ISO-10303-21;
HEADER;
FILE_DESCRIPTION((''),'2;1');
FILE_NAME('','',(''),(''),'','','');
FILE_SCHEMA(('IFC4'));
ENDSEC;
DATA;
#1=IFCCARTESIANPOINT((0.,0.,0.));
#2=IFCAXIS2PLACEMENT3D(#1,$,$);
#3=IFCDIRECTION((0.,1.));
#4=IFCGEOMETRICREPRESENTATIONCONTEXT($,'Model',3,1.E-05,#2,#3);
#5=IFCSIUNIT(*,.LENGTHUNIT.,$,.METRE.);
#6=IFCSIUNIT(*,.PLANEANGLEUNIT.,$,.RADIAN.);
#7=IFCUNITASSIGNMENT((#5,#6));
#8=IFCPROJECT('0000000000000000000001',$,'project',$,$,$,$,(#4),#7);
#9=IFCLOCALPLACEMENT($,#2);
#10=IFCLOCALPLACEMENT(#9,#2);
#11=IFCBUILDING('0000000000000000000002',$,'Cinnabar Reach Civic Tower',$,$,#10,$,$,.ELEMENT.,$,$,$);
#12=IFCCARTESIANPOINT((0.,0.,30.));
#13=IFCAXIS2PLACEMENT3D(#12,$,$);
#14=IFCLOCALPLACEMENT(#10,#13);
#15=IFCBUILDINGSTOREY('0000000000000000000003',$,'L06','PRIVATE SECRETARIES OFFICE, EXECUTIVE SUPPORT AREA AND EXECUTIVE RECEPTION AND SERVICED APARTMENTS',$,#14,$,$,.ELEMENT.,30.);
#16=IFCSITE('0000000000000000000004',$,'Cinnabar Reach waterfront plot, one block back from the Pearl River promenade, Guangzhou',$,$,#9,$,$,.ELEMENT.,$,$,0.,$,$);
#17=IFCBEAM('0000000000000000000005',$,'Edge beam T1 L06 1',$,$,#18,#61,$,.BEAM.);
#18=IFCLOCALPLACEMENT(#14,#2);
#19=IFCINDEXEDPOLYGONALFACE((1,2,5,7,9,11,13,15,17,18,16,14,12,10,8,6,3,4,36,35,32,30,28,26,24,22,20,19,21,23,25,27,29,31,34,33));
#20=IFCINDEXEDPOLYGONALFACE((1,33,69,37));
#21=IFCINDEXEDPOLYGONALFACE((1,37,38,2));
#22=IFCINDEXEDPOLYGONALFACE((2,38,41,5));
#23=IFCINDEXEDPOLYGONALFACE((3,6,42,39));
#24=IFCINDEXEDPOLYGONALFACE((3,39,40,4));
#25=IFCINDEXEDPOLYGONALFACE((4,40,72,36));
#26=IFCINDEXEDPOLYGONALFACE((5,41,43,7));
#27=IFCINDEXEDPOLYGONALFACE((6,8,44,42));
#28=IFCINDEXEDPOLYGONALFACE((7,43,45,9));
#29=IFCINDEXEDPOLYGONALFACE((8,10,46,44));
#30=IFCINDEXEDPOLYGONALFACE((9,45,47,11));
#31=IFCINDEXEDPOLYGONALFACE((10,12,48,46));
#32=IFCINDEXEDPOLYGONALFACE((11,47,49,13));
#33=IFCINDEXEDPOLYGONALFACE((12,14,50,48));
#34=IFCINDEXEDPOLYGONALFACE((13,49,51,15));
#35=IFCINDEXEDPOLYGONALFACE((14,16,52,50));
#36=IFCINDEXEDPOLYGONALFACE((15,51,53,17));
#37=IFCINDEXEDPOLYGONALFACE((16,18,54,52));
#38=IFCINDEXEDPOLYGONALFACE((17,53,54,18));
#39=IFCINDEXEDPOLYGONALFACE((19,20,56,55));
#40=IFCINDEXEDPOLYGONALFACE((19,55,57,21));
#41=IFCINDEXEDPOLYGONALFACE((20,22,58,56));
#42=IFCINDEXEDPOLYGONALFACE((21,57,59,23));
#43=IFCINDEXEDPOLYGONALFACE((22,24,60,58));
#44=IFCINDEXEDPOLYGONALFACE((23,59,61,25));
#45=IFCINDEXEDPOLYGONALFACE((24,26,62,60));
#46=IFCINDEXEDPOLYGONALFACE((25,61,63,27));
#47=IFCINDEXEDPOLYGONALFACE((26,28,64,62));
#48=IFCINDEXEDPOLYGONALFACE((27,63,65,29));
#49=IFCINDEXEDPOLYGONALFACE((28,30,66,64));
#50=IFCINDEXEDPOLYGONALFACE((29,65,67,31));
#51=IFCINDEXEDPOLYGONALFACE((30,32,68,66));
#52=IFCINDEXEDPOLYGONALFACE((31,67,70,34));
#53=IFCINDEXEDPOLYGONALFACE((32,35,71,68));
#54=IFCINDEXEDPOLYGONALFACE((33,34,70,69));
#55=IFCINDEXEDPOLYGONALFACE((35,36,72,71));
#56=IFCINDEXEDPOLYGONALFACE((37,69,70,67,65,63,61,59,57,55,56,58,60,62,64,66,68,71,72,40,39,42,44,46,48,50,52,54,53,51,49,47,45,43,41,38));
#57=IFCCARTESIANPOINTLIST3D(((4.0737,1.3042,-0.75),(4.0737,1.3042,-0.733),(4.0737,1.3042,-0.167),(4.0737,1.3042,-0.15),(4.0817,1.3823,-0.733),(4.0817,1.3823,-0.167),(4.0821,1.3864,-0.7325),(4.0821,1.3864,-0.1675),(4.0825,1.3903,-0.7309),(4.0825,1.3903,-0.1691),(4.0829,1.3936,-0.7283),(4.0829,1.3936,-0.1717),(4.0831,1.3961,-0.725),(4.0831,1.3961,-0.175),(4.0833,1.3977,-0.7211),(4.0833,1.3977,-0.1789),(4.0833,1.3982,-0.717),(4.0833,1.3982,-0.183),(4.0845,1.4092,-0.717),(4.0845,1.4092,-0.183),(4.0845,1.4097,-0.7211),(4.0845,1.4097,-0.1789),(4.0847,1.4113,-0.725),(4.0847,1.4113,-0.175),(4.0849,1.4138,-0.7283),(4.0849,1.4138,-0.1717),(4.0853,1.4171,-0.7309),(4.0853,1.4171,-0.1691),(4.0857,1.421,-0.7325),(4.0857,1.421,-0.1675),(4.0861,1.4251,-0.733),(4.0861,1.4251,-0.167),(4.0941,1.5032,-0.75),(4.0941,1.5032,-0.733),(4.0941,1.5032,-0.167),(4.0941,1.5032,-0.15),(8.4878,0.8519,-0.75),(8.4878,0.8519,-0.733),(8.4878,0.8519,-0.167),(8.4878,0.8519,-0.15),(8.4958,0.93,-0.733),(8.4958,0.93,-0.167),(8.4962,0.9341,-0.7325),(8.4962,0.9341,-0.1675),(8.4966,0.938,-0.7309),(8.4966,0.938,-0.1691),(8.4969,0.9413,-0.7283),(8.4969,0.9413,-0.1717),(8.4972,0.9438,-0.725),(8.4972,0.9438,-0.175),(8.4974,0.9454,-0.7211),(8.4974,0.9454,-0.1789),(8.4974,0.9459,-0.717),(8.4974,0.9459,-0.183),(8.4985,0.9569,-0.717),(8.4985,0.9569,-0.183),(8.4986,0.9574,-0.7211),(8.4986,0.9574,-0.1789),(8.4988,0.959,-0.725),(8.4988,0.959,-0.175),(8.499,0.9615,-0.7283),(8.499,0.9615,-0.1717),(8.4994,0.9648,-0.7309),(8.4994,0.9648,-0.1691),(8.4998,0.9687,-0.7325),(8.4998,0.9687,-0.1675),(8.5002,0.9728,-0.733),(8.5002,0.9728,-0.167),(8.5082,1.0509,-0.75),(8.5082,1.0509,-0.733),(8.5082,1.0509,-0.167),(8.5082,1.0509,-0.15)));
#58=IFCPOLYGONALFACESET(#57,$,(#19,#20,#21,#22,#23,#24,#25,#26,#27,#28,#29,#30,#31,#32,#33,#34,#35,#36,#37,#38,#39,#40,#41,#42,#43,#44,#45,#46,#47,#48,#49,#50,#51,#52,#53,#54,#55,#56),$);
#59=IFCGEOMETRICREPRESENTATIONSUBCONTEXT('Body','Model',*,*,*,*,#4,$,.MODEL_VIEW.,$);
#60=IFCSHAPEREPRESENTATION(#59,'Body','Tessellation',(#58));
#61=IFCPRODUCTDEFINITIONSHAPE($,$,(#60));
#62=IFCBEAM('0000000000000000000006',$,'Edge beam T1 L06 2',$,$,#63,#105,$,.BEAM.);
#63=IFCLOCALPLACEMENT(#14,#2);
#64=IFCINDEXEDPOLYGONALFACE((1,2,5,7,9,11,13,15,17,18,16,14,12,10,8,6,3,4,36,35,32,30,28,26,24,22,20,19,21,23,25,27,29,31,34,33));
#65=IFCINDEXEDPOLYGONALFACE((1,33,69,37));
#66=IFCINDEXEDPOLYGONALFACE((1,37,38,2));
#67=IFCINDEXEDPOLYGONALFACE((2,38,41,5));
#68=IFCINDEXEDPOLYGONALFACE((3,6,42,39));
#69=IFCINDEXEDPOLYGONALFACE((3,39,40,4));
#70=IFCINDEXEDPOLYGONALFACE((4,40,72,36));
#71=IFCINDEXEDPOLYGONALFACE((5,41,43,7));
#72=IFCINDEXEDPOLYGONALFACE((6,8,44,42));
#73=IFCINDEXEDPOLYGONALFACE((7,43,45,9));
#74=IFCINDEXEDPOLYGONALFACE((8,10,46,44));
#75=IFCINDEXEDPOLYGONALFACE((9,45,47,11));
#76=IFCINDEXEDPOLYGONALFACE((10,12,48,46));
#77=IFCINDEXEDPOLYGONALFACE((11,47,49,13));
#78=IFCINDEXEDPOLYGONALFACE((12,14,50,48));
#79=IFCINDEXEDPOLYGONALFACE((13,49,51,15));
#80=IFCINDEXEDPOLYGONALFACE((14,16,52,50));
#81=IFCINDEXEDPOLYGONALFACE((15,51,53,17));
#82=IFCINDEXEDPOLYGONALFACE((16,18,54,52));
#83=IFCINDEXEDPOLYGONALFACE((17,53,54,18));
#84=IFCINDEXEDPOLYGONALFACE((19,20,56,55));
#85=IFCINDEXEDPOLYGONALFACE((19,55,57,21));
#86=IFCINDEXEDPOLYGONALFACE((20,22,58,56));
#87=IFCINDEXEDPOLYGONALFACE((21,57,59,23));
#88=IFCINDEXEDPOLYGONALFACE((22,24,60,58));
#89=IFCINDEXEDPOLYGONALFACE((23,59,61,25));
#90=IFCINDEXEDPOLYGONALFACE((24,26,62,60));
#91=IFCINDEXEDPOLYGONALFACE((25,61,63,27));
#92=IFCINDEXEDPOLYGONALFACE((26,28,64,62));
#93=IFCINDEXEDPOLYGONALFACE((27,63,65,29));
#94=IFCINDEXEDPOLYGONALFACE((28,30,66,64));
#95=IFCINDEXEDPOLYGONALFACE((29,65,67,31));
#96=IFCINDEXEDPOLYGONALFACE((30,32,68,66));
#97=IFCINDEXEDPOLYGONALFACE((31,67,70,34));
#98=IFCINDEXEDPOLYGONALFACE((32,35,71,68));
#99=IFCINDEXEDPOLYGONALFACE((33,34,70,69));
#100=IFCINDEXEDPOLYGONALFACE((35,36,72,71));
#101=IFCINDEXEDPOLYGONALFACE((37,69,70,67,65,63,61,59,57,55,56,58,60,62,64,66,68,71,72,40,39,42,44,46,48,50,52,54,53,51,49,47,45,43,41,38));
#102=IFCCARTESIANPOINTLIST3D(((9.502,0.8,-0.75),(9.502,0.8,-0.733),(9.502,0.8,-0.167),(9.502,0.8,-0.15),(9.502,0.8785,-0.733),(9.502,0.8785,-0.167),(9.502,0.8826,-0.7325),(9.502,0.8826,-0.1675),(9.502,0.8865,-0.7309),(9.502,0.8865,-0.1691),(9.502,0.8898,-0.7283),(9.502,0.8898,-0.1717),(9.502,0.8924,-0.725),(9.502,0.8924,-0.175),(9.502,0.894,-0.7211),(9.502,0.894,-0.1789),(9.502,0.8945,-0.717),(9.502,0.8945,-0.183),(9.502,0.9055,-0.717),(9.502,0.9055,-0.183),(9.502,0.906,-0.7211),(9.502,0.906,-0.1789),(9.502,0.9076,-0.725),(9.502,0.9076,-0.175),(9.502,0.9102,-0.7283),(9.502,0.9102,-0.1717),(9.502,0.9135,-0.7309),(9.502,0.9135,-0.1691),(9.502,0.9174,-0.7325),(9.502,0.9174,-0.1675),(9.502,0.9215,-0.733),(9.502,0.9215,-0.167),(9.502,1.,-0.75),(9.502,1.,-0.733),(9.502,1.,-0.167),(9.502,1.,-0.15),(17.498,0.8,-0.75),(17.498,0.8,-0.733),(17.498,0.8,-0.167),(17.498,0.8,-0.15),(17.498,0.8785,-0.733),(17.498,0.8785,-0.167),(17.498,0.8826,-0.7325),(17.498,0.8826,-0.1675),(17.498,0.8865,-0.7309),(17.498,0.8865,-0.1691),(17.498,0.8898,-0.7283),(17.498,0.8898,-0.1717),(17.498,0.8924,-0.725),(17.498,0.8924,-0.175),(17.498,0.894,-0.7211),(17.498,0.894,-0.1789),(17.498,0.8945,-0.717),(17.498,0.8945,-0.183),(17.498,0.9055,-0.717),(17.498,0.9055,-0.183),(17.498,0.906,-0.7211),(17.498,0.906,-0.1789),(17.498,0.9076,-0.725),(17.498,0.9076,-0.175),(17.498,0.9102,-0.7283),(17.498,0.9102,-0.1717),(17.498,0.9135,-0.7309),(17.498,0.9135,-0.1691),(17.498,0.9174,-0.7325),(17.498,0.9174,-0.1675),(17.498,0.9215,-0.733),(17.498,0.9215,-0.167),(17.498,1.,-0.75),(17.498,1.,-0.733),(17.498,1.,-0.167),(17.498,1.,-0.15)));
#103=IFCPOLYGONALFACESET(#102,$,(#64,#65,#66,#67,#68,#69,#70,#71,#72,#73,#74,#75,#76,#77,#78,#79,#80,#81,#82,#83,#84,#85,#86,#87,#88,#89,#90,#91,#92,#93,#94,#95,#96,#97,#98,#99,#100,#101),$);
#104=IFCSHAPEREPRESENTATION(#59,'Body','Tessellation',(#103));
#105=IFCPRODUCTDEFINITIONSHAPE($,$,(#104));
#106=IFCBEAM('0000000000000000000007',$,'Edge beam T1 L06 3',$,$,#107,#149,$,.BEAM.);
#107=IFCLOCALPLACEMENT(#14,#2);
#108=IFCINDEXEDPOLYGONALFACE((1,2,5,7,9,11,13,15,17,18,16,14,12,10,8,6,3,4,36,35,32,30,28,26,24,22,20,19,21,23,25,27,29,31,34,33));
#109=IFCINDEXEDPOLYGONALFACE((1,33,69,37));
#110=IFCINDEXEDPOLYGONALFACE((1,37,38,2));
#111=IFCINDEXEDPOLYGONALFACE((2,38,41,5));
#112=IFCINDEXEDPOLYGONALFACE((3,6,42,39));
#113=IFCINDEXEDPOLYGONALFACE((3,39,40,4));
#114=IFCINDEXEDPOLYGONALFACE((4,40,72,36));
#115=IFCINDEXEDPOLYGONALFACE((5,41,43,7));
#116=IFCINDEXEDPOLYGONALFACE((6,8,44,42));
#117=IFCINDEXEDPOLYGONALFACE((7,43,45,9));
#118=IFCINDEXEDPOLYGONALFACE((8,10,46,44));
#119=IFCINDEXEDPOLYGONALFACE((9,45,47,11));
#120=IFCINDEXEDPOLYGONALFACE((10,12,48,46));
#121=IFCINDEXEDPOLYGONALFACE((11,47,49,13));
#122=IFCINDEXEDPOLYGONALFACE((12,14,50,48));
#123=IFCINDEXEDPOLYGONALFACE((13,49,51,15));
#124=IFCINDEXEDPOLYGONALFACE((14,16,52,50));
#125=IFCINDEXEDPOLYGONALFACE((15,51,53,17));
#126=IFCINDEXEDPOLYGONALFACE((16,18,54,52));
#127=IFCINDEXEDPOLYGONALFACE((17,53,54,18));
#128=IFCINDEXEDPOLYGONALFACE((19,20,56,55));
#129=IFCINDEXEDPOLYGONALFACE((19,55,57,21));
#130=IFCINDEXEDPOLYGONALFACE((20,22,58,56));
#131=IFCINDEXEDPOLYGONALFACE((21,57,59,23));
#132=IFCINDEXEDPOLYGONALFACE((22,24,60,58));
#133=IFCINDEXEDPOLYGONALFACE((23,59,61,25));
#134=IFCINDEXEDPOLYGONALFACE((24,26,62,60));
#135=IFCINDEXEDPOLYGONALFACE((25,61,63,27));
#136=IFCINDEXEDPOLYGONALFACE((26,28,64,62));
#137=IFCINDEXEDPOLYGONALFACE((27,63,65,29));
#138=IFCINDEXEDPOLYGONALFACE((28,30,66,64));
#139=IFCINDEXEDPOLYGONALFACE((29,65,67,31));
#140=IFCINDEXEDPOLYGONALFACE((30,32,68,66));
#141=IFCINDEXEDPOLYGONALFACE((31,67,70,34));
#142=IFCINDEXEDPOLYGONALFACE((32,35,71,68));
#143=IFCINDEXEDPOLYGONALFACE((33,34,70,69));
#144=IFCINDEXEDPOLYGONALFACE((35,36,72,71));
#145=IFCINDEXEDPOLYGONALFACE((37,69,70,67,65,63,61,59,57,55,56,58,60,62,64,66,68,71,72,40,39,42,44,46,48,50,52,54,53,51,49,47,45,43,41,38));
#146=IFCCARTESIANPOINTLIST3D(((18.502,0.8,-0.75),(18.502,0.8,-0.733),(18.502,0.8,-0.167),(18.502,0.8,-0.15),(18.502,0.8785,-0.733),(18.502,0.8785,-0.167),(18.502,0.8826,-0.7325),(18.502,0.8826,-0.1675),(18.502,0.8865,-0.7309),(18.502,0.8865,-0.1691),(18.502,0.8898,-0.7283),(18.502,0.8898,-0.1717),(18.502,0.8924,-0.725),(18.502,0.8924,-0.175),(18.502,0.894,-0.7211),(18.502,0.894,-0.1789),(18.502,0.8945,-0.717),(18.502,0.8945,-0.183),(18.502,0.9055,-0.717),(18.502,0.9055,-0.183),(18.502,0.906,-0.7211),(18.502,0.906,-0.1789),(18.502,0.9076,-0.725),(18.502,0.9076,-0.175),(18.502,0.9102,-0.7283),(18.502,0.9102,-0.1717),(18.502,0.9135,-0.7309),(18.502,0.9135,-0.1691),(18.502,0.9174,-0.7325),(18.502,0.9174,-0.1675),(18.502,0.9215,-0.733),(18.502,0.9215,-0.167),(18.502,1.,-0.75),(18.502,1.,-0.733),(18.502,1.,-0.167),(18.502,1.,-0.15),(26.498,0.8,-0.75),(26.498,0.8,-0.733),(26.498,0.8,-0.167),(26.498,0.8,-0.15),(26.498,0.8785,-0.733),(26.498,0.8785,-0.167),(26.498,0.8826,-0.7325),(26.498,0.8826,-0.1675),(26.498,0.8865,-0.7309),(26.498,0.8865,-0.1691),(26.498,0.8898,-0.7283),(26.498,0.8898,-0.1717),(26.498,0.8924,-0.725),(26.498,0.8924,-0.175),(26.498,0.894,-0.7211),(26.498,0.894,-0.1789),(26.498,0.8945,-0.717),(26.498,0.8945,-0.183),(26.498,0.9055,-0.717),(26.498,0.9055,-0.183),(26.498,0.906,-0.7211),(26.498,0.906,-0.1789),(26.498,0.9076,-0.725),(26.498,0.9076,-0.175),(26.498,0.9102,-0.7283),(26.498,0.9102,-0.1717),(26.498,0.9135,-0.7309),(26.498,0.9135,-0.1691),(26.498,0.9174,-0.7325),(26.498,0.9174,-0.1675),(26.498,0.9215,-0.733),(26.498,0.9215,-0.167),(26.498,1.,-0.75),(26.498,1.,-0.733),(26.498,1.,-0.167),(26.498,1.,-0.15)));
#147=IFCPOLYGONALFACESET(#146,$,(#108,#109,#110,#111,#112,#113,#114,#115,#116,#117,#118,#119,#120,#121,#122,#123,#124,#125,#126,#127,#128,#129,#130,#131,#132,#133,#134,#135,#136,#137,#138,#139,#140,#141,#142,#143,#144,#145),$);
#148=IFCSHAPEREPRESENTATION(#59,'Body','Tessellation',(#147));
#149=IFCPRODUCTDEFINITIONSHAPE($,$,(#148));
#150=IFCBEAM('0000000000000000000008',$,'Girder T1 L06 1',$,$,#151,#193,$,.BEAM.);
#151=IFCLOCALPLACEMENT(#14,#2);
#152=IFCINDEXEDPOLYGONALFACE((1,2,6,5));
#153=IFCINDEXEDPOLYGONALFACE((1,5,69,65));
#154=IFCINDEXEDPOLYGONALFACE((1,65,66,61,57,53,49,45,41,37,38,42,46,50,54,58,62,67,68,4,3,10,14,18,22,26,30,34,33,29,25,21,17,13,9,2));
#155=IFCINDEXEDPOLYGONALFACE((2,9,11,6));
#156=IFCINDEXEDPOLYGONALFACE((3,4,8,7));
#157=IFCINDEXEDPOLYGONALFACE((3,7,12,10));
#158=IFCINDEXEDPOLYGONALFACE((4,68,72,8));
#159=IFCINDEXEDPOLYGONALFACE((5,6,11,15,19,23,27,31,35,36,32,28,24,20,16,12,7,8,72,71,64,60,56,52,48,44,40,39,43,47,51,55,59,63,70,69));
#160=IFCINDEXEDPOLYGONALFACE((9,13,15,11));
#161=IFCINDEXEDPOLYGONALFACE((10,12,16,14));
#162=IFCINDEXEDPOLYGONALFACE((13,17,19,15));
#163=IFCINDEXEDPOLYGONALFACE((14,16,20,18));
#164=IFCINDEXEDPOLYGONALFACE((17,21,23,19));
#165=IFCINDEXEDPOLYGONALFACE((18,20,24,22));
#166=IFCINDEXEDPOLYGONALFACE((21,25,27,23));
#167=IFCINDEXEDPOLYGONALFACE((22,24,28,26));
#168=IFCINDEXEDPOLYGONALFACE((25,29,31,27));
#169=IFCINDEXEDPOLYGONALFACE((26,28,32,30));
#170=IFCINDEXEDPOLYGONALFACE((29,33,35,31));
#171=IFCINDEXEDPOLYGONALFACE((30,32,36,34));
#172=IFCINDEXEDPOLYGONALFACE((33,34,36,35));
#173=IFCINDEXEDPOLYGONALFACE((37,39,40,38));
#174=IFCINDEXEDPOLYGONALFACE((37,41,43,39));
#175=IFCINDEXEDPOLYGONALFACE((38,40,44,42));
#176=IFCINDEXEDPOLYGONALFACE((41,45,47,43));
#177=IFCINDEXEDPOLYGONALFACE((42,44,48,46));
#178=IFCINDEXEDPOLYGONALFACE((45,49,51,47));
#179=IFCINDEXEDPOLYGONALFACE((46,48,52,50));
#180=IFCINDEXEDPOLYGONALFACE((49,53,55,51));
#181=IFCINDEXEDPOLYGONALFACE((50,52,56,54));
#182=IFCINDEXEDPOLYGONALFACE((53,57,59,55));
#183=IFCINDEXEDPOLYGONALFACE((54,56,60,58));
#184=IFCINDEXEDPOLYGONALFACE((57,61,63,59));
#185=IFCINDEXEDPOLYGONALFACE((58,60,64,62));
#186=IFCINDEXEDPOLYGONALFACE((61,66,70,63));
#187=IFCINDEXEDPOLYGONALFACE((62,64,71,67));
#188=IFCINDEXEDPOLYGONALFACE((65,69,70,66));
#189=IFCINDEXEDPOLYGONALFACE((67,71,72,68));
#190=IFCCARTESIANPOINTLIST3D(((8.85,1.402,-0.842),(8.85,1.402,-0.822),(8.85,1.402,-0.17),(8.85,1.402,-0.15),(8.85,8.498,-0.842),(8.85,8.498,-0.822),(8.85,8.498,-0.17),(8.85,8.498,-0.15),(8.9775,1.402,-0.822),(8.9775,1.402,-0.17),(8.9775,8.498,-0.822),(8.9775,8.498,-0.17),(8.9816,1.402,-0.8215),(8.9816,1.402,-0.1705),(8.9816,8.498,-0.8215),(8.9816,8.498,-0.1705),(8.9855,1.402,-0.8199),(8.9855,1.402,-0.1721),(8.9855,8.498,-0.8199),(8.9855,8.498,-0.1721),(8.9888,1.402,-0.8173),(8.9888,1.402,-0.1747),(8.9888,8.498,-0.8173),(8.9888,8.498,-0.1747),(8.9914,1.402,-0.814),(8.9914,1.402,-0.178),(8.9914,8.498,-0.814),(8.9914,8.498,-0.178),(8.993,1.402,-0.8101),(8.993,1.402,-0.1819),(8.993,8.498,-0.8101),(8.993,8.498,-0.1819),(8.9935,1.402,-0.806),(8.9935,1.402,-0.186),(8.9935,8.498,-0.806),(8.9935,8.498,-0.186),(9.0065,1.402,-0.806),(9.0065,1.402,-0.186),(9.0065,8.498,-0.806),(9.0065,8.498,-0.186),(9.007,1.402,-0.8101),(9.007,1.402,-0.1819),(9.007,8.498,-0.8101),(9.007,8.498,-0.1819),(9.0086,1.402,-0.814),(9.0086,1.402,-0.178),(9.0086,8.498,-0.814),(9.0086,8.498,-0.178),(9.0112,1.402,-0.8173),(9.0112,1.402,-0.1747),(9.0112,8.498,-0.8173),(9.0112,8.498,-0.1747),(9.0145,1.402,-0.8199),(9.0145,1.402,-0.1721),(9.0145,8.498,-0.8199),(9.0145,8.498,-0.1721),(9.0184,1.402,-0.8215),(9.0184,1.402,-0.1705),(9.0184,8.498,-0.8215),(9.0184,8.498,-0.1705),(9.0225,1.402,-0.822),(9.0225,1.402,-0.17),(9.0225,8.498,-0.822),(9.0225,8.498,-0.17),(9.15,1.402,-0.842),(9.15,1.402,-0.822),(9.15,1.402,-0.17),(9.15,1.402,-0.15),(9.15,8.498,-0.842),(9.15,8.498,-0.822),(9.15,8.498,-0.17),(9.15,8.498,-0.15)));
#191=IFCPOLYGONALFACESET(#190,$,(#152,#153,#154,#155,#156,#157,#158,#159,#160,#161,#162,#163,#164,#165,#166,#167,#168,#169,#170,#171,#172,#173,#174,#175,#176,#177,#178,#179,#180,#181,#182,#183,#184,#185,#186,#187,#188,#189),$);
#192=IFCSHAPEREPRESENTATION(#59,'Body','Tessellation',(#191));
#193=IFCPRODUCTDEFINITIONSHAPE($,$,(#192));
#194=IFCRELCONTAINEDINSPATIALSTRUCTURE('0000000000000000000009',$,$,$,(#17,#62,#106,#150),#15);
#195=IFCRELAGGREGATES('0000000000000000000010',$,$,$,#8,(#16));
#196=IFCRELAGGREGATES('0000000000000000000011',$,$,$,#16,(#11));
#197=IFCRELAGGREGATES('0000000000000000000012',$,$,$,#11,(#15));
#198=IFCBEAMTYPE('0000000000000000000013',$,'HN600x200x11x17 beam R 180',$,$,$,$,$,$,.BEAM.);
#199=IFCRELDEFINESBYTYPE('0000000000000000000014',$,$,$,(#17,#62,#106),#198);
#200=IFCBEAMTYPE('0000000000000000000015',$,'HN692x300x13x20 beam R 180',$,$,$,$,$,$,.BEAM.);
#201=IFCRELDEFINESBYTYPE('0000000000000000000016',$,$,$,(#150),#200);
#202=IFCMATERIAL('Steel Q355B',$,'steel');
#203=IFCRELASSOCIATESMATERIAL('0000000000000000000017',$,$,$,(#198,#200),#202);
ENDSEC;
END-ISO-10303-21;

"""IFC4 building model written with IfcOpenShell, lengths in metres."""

from ifc_helpers import new_model, si_unit, direction, frame, origin, origin_2d, place, context, subcontext, project, spatial, i_section, extrude, material, material_profile, profile_set, type_object, element, save


model = new_model("IFC4")

# Units and contexts
model_context = context("Model", 3, precision=1e-05, world=origin(), true_north=direction((0.0, 1.0)))
body_context = subcontext(model_context, "Body", "Model", "MODEL_VIEW")
ifc_project = project(units=[si_unit("LENGTHUNIT", "METRE"), si_unit("PLANEANGLEUNIT", "RADIAN")], contexts=[model_context])

# Site, building, storey
site_placement = place(None, origin())
site = spatial("IfcSite", under=ifc_project, at=site_placement, Name="Cinnabar Reach waterfront plot, one block back from the Pearl River promenade, Guangzhou", CompositionType="ELEMENT", RefElevation=0.0)
building_placement = place(site_placement, origin())
building = spatial("IfcBuilding", under=site, at=building_placement, Name="Cinnabar Reach Civic Tower", CompositionType="ELEMENT")
storey_placement = place(building_placement, frame((0.0, 0.0, 30.0)))
storey = spatial("IfcBuildingStorey", under=building, at=storey_placement, Name="L06", Description="PRIVATE SECRETARIES OFFICE, EXECUTIVE SUPPORT AREA AND EXECUTIVE RECEPTION AND SERVICED APARTMENTS", CompositionType="ELEMENT", Elevation=30.0)

# Beams
ifc_material_1 = material(Name="Steel Q355B", Category="steel")
ifc_material_profile_1 = material_profile(ifc_material_1, i_section(OverallWidth=0.2, OverallDepth=0.6, WebThickness=0.011, FlangeThickness=0.017, FilletRadius=0.016, at=origin_2d()), Name="HN600x200x11x17")
ifc_profile_set_1 = profile_set([ifc_material_profile_1], Name="Steel Q355B")
beam_type_1 = type_object("IfcBeamType", Name="HN600x200x11x17 beam R 180", PredefinedType="BEAM", material=ifc_profile_set_1)
beam_placement = place(storey_placement, frame((4.0839, 1.4037, -0.45), z_axis=(0.994791, -0.101933, 0.0), x_axis=(0.101933, 0.994791, 0.0)))
element("IfcBeam", 1, at=beam_placement, inside=storey, type_object=beam_type_1, Name="Edge beam T1 L06 1", PredefinedType="BEAM", context=body_context, shape_type="SweptSolid", body=[
    extrude(i_section(OverallWidth=0.2, OverallDepth=0.6, WebThickness=0.011, FlangeThickness=0.017, FilletRadius=0.016, at=origin_2d()), origin(), (0.0, 0.0, 1.0), 4.4372),
])
for number, where, z_axis, x_axis, name in (
    (2, (9.502, 0.9, -0.45), (1.0, 0.0, 0.0), (0.0, 1.0, 0.0), "Edge beam T1 L06 2"),
    (3, (18.502, 0.9, -0.45), (1.0, 0.0, 0.0), (0.0, 1.0, 0.0), "Edge beam T1 L06 3"),
):
    element("IfcBeam", number, at=place(storey_placement, frame(where, z_axis=z_axis, x_axis=x_axis)), inside=storey, type_object=beam_type_1, Name=name, PredefinedType="BEAM", context=body_context, shape_type="SweptSolid", body=[
        extrude(i_section(OverallWidth=0.2, OverallDepth=0.6, WebThickness=0.011, FlangeThickness=0.017, FilletRadius=0.016, at=origin_2d()), origin(), (0.0, 0.0, 1.0), 7.996),
    ])
ifc_material_profile_2 = material_profile(ifc_material_1, i_section(OverallWidth=0.3, OverallDepth=0.692, WebThickness=0.013, FlangeThickness=0.02, FilletRadius=0.016, at=origin_2d()), Name="HN692x300x13x20")
ifc_profile_set_2 = profile_set([ifc_material_profile_2], Name="Steel Q355B")
beam_type_2 = type_object("IfcBeamType", Name="HN692x300x13x20 beam R 180", PredefinedType="BEAM", material=ifc_profile_set_2)
for number, where, z_axis, x_axis, name in (
    (4, (9.0, 1.402, -0.496), (0.0, 1.0, 0.0), (-1.0, 0.0, 0.0), "Girder T1 L06 1"),
):
    element("IfcBeam", number, at=place(storey_placement, frame(where, z_axis=z_axis, x_axis=x_axis)), inside=storey, type_object=beam_type_2, Name=name, PredefinedType="BEAM", context=body_context, shape_type="SweptSolid", body=[
        extrude(i_section(OverallWidth=0.3, OverallDepth=0.692, WebThickness=0.013, FlangeThickness=0.02, FilletRadius=0.016, at=origin_2d()), origin(), (0.0, 0.0, 1.0), 7.096),
    ])

save(model, "model.ifc")
